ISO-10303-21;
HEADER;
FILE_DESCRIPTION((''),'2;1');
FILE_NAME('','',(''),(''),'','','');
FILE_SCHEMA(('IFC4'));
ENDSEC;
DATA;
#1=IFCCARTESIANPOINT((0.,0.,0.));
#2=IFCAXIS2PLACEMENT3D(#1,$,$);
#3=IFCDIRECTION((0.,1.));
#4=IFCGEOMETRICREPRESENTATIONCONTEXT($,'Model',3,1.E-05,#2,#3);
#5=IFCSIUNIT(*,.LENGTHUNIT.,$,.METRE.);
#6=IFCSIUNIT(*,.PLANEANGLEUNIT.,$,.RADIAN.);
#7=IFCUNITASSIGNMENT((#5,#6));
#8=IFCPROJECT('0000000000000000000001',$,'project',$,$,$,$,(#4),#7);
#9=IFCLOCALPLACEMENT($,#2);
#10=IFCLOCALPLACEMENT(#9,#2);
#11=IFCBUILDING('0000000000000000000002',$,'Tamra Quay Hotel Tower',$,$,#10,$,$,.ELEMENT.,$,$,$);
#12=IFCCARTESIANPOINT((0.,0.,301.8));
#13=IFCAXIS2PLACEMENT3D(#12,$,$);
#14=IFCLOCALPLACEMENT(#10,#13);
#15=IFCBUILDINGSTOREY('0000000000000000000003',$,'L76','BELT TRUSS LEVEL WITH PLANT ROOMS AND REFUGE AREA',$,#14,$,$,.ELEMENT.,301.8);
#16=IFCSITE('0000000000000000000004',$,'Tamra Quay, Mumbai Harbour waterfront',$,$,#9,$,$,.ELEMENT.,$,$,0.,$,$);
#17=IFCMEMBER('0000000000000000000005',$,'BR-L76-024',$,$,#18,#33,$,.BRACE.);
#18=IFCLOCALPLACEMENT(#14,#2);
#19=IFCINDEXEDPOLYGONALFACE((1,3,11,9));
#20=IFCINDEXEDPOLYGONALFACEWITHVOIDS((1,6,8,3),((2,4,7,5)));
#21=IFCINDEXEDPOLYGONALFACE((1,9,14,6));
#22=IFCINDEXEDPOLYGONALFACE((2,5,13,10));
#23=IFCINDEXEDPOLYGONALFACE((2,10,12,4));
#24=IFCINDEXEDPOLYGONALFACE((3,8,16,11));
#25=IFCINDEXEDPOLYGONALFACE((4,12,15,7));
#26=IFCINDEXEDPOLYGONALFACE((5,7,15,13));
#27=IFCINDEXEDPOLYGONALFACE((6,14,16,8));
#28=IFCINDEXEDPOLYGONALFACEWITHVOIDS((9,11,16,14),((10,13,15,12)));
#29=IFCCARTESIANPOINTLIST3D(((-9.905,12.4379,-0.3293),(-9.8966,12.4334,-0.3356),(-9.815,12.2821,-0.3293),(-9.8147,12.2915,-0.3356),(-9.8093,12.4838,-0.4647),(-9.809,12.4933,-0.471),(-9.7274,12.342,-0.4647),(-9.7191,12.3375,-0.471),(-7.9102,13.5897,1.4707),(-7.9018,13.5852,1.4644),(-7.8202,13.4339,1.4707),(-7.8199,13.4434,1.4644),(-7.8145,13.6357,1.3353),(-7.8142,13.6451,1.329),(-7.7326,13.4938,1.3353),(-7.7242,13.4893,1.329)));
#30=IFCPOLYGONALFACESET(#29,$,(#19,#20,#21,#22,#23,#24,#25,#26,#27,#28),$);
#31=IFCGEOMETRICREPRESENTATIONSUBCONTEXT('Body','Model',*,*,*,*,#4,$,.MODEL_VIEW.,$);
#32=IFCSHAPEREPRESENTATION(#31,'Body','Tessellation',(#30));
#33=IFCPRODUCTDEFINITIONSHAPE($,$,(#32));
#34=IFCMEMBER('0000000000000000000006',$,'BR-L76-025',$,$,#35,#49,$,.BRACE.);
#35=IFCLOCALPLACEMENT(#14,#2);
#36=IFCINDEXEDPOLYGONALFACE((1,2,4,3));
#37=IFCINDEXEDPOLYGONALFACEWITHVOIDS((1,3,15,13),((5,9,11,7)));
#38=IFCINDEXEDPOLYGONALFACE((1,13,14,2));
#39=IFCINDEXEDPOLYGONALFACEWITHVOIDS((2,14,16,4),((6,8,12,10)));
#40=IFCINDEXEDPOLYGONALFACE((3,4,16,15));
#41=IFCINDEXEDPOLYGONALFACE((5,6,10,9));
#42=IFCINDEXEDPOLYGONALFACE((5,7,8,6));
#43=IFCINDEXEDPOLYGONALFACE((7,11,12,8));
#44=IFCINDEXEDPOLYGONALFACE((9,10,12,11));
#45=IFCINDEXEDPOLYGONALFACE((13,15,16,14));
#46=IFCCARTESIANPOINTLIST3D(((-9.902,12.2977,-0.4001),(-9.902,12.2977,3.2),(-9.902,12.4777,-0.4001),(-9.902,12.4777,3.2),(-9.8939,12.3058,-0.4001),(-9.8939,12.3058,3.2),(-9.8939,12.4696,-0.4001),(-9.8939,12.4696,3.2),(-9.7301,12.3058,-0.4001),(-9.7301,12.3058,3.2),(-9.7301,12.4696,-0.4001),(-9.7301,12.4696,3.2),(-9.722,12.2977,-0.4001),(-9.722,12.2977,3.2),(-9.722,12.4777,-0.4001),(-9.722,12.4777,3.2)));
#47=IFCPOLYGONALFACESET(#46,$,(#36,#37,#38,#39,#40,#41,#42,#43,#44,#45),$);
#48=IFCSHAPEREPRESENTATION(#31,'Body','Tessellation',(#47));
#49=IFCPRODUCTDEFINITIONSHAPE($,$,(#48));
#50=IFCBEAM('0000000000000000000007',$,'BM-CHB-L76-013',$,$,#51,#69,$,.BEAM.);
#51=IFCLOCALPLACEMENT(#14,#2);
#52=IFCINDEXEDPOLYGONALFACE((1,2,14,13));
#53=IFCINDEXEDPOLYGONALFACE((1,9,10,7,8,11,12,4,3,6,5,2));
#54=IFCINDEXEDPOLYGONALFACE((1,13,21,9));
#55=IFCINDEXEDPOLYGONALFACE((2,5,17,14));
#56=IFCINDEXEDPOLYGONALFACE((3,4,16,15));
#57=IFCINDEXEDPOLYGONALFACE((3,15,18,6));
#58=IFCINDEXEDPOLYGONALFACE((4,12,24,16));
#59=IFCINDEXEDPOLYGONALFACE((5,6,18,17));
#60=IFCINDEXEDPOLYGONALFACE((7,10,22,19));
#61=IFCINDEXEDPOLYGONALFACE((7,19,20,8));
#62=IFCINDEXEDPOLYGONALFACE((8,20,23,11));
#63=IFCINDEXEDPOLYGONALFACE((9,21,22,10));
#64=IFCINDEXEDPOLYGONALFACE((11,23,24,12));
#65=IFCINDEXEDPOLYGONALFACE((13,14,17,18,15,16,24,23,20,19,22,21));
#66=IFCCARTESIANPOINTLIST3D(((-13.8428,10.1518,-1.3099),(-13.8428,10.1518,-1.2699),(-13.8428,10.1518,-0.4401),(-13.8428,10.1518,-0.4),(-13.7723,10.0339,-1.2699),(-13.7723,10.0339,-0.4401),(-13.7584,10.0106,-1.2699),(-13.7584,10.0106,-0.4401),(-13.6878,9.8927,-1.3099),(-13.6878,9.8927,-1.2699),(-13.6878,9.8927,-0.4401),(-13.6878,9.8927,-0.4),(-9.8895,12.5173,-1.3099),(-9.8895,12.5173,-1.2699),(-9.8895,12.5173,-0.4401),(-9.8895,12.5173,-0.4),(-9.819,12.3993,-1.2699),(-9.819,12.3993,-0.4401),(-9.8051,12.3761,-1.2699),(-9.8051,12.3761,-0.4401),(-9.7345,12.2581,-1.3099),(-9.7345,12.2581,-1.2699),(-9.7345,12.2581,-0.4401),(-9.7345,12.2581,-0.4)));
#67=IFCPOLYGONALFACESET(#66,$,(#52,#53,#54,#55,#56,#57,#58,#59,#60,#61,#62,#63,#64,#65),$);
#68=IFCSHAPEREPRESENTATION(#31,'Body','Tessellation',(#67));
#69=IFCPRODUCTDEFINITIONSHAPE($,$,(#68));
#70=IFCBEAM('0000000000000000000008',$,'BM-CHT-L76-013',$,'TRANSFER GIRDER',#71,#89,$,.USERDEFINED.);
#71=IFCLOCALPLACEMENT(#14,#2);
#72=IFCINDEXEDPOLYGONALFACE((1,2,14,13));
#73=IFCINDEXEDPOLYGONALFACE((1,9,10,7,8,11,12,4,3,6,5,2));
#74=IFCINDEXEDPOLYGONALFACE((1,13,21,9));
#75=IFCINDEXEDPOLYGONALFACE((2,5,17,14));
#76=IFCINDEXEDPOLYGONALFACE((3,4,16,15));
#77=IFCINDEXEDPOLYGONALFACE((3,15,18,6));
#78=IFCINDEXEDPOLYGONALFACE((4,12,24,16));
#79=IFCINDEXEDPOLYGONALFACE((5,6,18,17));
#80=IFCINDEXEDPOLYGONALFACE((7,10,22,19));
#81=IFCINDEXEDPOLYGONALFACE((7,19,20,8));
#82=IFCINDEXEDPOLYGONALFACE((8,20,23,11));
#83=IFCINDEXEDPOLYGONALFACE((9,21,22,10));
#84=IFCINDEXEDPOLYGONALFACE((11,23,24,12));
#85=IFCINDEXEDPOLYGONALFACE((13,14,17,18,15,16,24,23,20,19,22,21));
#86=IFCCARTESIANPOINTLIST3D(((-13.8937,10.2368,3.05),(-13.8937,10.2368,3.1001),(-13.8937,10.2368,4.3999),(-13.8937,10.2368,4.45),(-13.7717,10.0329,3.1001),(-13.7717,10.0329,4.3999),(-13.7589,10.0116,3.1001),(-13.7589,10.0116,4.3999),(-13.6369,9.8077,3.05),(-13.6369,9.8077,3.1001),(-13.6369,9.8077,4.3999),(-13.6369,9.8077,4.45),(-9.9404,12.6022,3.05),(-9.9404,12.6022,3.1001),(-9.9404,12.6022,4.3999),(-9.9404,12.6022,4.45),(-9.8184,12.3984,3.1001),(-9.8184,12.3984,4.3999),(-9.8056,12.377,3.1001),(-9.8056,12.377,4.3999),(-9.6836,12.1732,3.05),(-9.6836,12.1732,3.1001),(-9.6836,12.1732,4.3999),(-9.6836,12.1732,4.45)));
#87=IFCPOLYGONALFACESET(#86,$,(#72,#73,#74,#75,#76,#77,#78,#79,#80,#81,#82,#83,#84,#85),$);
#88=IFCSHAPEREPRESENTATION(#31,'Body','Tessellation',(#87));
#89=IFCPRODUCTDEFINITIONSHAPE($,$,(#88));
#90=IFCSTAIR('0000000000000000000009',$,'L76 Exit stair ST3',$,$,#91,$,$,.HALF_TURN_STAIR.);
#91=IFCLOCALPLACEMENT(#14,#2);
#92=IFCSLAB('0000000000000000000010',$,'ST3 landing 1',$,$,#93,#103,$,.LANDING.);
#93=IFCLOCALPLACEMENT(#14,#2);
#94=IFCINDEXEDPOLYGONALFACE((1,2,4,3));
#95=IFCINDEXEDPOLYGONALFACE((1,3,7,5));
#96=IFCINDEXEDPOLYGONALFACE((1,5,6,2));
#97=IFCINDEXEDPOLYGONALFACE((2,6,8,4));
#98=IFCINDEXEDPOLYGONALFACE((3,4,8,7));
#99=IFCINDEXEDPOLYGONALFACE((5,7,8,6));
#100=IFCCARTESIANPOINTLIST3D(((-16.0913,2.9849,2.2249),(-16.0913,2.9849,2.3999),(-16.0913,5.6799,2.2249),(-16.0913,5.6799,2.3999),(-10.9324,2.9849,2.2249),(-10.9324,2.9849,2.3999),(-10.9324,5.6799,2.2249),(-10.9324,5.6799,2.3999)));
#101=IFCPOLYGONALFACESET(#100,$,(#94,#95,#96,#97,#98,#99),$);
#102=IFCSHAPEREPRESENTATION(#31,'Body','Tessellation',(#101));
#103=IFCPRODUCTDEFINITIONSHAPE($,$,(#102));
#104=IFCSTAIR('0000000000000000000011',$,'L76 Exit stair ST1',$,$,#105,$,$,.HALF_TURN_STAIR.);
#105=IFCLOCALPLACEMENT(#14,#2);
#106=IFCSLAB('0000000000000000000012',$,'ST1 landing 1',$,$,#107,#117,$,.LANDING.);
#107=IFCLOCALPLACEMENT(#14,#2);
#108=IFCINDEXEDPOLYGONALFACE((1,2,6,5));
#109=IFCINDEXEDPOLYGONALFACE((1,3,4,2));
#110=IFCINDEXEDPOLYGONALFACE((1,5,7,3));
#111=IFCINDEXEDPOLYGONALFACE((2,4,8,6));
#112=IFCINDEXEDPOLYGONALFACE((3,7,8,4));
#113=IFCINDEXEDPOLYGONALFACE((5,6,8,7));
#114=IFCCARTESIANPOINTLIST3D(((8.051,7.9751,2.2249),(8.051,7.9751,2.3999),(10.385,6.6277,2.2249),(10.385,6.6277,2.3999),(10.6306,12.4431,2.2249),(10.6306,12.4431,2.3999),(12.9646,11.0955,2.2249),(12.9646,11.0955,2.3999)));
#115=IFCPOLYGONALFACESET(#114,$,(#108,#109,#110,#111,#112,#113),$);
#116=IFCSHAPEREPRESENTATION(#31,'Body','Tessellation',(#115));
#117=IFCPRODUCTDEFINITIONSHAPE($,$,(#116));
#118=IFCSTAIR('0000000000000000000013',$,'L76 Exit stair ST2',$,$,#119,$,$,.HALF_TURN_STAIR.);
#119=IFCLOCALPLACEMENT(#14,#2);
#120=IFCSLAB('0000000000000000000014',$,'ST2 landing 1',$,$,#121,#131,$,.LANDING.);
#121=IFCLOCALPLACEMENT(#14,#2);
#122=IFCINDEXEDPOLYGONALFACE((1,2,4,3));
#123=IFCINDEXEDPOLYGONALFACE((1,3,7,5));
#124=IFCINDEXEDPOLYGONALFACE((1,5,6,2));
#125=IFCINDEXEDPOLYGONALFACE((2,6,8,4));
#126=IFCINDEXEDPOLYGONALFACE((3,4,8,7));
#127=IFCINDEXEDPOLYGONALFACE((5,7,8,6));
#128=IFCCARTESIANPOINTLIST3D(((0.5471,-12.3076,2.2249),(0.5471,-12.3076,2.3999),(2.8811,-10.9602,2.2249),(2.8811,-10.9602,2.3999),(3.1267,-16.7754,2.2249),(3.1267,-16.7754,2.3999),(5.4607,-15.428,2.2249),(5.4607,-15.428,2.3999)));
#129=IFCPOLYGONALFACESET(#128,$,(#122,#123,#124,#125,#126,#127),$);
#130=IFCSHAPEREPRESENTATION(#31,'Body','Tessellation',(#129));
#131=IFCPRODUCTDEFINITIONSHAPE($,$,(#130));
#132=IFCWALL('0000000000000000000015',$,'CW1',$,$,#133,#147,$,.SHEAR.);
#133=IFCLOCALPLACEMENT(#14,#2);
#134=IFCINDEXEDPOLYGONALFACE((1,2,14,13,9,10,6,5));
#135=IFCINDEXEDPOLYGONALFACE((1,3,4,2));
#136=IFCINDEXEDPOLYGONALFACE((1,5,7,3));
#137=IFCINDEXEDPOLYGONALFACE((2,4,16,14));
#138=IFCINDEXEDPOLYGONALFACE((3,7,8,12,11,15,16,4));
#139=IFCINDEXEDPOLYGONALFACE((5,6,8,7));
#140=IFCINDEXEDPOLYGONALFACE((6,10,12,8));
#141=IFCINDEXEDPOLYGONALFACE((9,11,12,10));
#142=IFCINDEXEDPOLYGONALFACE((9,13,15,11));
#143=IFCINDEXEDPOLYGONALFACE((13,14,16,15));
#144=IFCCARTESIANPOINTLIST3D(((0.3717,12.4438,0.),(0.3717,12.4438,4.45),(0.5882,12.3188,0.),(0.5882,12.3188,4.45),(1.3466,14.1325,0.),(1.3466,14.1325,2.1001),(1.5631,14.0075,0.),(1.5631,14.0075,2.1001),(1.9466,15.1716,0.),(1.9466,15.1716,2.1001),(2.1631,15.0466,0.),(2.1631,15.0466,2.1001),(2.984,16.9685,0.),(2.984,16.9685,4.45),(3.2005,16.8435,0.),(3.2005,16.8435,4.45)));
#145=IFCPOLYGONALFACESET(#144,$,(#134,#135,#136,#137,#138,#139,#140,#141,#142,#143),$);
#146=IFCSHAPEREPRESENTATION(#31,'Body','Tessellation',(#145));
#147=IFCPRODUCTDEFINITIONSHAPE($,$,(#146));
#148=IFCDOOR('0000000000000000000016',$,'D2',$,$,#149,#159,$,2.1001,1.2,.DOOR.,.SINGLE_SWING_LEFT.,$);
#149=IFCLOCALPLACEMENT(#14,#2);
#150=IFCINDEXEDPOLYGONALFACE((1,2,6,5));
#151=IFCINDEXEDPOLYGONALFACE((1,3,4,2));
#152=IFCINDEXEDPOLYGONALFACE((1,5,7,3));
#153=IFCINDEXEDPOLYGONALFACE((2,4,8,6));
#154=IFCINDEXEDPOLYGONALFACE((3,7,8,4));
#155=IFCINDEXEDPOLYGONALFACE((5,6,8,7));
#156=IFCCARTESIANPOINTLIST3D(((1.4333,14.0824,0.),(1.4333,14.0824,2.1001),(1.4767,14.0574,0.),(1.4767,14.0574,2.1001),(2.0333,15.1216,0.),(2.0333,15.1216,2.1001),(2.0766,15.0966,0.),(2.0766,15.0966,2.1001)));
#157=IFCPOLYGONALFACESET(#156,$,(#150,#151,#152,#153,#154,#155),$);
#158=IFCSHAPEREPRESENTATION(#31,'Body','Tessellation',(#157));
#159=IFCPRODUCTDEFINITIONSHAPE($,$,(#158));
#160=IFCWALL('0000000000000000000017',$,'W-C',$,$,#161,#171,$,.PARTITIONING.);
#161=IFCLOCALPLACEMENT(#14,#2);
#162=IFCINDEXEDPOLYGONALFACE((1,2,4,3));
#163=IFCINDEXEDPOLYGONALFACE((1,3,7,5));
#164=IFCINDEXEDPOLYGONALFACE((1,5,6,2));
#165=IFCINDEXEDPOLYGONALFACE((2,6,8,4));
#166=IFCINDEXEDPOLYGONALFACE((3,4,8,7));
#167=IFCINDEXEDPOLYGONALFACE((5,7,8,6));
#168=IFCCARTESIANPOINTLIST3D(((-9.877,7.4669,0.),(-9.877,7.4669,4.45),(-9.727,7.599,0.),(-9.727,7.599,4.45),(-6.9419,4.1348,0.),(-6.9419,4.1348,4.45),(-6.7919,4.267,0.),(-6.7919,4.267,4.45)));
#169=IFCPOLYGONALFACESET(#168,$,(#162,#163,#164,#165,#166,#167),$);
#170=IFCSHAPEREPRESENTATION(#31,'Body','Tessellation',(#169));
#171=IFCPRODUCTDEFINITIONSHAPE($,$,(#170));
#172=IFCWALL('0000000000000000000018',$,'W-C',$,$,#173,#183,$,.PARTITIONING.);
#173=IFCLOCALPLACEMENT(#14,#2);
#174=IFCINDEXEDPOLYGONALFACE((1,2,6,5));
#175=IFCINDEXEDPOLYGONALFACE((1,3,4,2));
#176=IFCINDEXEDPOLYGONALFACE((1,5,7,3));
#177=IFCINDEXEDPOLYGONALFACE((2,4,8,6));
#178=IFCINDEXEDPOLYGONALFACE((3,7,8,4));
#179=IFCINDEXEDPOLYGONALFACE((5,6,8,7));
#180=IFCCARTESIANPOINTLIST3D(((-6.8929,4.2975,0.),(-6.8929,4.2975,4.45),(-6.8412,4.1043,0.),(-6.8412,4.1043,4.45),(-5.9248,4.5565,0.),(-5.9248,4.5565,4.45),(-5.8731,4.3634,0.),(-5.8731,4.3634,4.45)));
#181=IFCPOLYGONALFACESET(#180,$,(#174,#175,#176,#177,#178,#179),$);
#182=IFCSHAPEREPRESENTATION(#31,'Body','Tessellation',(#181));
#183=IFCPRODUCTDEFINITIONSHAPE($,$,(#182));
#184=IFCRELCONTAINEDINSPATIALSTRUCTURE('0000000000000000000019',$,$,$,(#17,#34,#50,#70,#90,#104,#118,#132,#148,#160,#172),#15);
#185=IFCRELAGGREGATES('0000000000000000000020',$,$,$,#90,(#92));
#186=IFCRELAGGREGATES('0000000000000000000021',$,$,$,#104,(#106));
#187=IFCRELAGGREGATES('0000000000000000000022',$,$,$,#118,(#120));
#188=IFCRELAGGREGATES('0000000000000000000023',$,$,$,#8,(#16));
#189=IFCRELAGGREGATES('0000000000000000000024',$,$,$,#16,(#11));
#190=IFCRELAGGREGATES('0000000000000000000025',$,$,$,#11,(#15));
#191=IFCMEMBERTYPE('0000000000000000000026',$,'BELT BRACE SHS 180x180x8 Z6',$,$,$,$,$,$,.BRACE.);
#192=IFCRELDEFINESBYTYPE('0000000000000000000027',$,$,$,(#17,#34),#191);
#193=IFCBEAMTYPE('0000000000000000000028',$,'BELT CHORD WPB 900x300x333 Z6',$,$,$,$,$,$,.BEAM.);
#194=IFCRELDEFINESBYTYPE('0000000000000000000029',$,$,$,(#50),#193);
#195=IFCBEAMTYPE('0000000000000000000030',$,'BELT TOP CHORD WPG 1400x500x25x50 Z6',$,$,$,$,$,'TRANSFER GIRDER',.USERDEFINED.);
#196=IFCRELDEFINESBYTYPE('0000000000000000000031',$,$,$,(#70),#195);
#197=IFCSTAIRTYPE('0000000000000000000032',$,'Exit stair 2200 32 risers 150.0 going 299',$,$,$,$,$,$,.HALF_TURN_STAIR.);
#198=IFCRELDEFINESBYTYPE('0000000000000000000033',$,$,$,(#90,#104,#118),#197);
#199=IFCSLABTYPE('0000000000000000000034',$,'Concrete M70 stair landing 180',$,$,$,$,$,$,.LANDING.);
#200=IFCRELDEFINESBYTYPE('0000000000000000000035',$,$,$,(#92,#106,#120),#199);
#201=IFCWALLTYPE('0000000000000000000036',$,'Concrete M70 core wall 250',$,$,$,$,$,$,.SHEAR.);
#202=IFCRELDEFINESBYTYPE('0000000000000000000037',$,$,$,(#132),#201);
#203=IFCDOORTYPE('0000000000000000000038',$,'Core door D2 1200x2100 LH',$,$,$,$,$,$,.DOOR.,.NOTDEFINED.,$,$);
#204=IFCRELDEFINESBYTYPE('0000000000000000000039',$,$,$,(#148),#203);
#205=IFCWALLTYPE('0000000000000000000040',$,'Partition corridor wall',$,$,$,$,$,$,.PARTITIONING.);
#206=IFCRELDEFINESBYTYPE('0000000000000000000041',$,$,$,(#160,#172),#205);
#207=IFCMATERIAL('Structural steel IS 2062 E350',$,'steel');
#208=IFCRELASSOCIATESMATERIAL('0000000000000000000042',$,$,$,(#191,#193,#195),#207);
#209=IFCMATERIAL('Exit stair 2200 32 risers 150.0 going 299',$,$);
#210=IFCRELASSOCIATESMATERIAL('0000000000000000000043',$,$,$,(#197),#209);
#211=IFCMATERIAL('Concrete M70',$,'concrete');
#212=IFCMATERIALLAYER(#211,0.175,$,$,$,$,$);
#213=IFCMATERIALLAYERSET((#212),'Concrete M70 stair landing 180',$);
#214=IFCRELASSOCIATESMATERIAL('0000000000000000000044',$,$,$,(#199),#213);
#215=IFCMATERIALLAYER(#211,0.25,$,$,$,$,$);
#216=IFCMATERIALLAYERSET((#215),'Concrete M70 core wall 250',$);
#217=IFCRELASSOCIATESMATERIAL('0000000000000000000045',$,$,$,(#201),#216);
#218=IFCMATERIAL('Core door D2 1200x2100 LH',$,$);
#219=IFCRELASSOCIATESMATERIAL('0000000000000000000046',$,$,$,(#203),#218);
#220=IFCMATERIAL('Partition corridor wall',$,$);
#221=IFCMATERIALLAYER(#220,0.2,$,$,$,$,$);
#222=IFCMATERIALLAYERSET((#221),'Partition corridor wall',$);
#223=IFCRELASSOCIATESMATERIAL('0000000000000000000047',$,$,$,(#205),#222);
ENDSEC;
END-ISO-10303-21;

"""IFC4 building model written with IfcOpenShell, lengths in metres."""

from ifc_helpers import new_model, si_unit, direction, frame, frame_2d, origin, origin_2d, place, context, subcontext, project, spatial, polyline, rectangle, hollow_rectangle, i_section, outline, extrude, material, layer, layer_set, material_profile, profile_set, type_object, element, fill, aggregate, save


model = new_model("IFC4")

# Units and contexts
model_context = context("Model", 3, precision=1e-05, world=origin(), true_north=direction((0.0, 1.0)))
body_context = subcontext(model_context, "Body", "Model", "MODEL_VIEW")
ifc_project = project(units=[si_unit("LENGTHUNIT", "METRE"), si_unit("PLANEANGLEUNIT", "RADIAN")], contexts=[model_context])

# Site, building, storey
site_placement = place(None, origin())
site = spatial("IfcSite", under=ifc_project, at=site_placement, Name="Tamra Quay, Mumbai Harbour waterfront", CompositionType="ELEMENT", RefElevation=0.0)
building_placement = place(site_placement, origin())
building = spatial("IfcBuilding", under=site, at=building_placement, Name="Tamra Quay Hotel Tower", CompositionType="ELEMENT")
storey_placement = place(building_placement, frame((0.0, 0.0, 301.8)))
storey = spatial("IfcBuildingStorey", under=building, at=storey_placement, Name="L76", Description="BELT TRUSS LEVEL WITH PLANT ROOMS AND REFUGE AREA", CompositionType="ELEMENT", Elevation=301.8)

# Members
ifc_material_1 = material(Name="Structural steel IS 2062 E350", Category="steel")
ifc_material_profile_1 = material_profile(ifc_material_1, hollow_rectangle(XDim=0.1799, YDim=0.1799, WallThickness=0.0081, at=origin_2d()), Name="SHS 180x180x8")
ifc_profile_set_1 = profile_set([ifc_material_profile_1], Name="Structural steel IS 2062 E350")
member_type = type_object("IfcMemberType", Name="BELT BRACE SHS 180x180x8 Z6", PredefinedType="BRACE", material=ifc_profile_set_1)
member_1_placement = place(storey_placement, frame((-9.812, 12.3877, -0.4001), z_axis=(0.682373, 0.394008, 0.615731), x_axis=(-0.500037, 0.866004, 0.0)))
element("IfcMember", 1, at=member_1_placement, inside=storey, type_object=member_type, Name="BR-L76-024", PredefinedType="BRACE", context=body_context, shape_type="SweptSolid", body=[
    extrude(hollow_rectangle(XDim=0.1799, YDim=0.1799, WallThickness=0.0081, at=origin_2d()), origin(), (0.0, 0.0, 1.0), 2.9233),
])
member_2_placement = place(storey_placement, frame((-9.812, 12.3877, -0.4001), z_axis=(0.0, 0.0, 1.0), x_axis=(1.0, 0.0, 0.0)))
element("IfcMember", 2, at=member_2_placement, inside=storey, type_object=member_type, Name="BR-L76-025", PredefinedType="BRACE", context=body_context, shape_type="SweptSolid", body=[
    extrude(hollow_rectangle(XDim=0.1799, YDim=0.1799, WallThickness=0.0081, at=origin_2d()), origin(), (0.0, 0.0, 1.0), 3.6001),
])

# Beams
ifc_material_profile_2 = material_profile(ifc_material_1, i_section(OverallWidth=0.302, OverallDepth=0.9099, WebThickness=0.0271, FlangeThickness=0.04, at=origin_2d()), Name="WPB 900x300x333")
ifc_profile_set_2 = profile_set([ifc_material_profile_2], Name="Structural steel IS 2062 E350")
beam_type_1 = type_object("IfcBeamType", Name="BELT CHORD WPB 900x300x333 Z6", PredefinedType="BEAM", material=ifc_profile_set_2)
beam_1_placement = place(storey_placement, frame((-9.812, 12.3877, -0.855), z_axis=(-0.858119, -0.513451, 0.0), x_axis=(0.513451, -0.858119, 0.0)))
element("IfcBeam", 3, at=beam_1_placement, inside=storey, type_object=beam_type_1, Name="BM-CHB-L76-013", PredefinedType="BEAM", context=body_context, shape_type="SweptSolid", body=[
    extrude(i_section(OverallWidth=0.302, OverallDepth=0.9099, WebThickness=0.0271, FlangeThickness=0.04, at=origin_2d()), origin(), (0.0, 0.0, 1.0), 4.6069),
])
ifc_material_profile_3 = material_profile(ifc_material_1, i_section(OverallWidth=0.5, OverallDepth=1.3999, WebThickness=0.0249, FlangeThickness=0.05, at=origin_2d()), Name="WPG 1400x500x25x50")
ifc_profile_set_3 = profile_set([ifc_material_profile_3], Name="Structural steel IS 2062 E350")
beam_type_2 = type_object("IfcBeamType", Name="BELT TOP CHORD WPG 1400x500x25x50 Z6", ElementType="TRANSFER GIRDER", PredefinedType="USERDEFINED", material=ifc_profile_set_3)
beam_2_placement = place(storey_placement, frame((-9.812, 12.3877, 3.75), z_axis=(-0.858119, -0.513451, 0.0), x_axis=(0.513451, -0.858119, 0.0)))
element("IfcBeam", 4, at=beam_2_placement, inside=storey, type_object=beam_type_2, Name="BM-CHT-L76-013", ObjectType="TRANSFER GIRDER", PredefinedType="USERDEFINED", context=body_context, shape_type="SweptSolid", body=[
    extrude(i_section(OverallWidth=0.5, OverallDepth=1.3999, WebThickness=0.0249, FlangeThickness=0.05, at=origin_2d()), origin(), (0.0, 0.0, 1.0), 4.6069),
])

# Stairs, slabs
ifc_material_2 = material(Name="Exit stair 2200 32 risers 150.0 going 299")
stair_type = type_object("IfcStairType", Name="Exit stair 2200 32 risers 150.0 going 299", PredefinedType="HALF_TURN_STAIR", material=ifc_material_2)
stair_1_placement = place(storey_placement, origin())
stair_1 = element("IfcStair", 5, at=stair_1_placement, inside=storey, type_object=stair_type, Name="L76 Exit stair ST3", PredefinedType="HALF_TURN_STAIR")
ifc_material_3 = material(Name="Concrete M70", Category="concrete")
ifc_layer_1 = layer(ifc_material_3, 0.175)
ifc_layer_set_1 = layer_set([ifc_layer_1], Name="Concrete M70 stair landing 180")
slab_type = type_object("IfcSlabType", Name="Concrete M70 stair landing 180", PredefinedType="LANDING", material=ifc_layer_set_1)
slab_1_placement = place(storey_placement, frame((0.0, 0.0, 2.2249)))
slab_1 = element("IfcSlab", 6, at=slab_1_placement, type_object=slab_type, Name="ST3 landing 1", PredefinedType="LANDING", context=body_context, shape_type="SweptSolid", body=[
    extrude(outline(polyline([(-10.9324, 2.9849), (-10.9324, 5.6799), (-16.0913, 5.6799), (-16.0913, 2.9849), (-10.9324, 2.9849)])), origin(), (0.0, 0.0, 1.0), 0.175),
])
aggregate(stair_1, [slab_1])
stair_2_placement = place(storey_placement, origin())
stair_2 = element("IfcStair", 7, at=stair_2_placement, inside=storey, type_object=stair_type, Name="L76 Exit stair ST1", PredefinedType="HALF_TURN_STAIR")
slab_2_placement = place(storey_placement, frame((0.0, 0.0, 2.2249)))
slab_2 = element("IfcSlab", 8, at=slab_2_placement, type_object=slab_type, Name="ST1 landing 1", PredefinedType="LANDING", context=body_context, shape_type="SweptSolid", body=[
    extrude(outline(polyline([(8.051, 7.9751), (10.385, 6.6277), (12.9646, 11.0955), (10.6306, 12.4431), (8.051, 7.9751)])), origin(), (0.0, 0.0, 1.0), 0.175),
])
aggregate(stair_2, [slab_2])
stair_3_placement = place(storey_placement, origin())
stair_3 = element("IfcStair", 9, at=stair_3_placement, inside=storey, type_object=stair_type, Name="L76 Exit stair ST2", PredefinedType="HALF_TURN_STAIR")
slab_3_placement = place(storey_placement, frame((0.0, 0.0, 2.2249)))
slab_3 = element("IfcSlab", 10, at=slab_3_placement, type_object=slab_type, Name="ST2 landing 1", PredefinedType="LANDING", context=body_context, shape_type="SweptSolid", body=[
    extrude(outline(polyline([(2.8811, -10.9602), (0.5471, -12.3076), (3.1267, -16.7754), (5.4607, -15.428), (2.8811, -10.9602)])), origin(), (0.0, 0.0, 1.0), 0.175),
])
aggregate(stair_3, [slab_3])

# Wall, opening, door
ifc_layer_2 = layer(ifc_material_3, 0.25)
ifc_layer_set_2 = layer_set([ifc_layer_2], Name="Concrete M70 core wall 250")
wall_type_1 = type_object("IfcWallType", Name="Concrete M70 core wall 250", PredefinedType="SHEAR", material=ifc_layer_set_2)
wall_1_placement = place(storey_placement, frame((0.48, 12.3813, 0.0), z_axis=(0.0, 0.0, 1.0), x_axis=(0.499999, 0.866026, 0.0)))
wall_1 = element("IfcWall", 11, at=wall_1_placement, inside=storey, type_object=wall_type_1, Name="CW1", PredefinedType="SHEAR", context=body_context, shape_type="SweptSolid", body=[
    extrude(rectangle(XDim=5.2246, YDim=0.25, at=frame_2d((2.6123, 0.0))), origin(), (0.0, 0.0, 1.0), 4.45),
])
opening_1_placement = place(wall_1_placement, frame((1.9497, 0.0, 0.0)))
opening_1 = element("IfcOpeningElement", 12, at=opening_1_placement, cuts=wall_1, PredefinedType="OPENING", context=body_context, shape_type="SweptSolid", body=[
    extrude(rectangle(XDim=1.2, YDim=2.1001, at=frame_2d((0.6001, 1.05))), frame((0.0, 0.135, 0.0), z_axis=(0.0, -1.0, 0.0), x_axis=(1.0, 0.0, 0.0)), (0.0, 0.0, 1.0), 0.27),
])
ifc_material_4 = material(Name="Core door D2 1200x2100 LH")
door_type_1 = type_object("IfcDoorType", Name="Core door D2 1200x2100 LH", OperationType="NOTDEFINED", PredefinedType="DOOR", material=ifc_material_4)
door_1_placement = place(opening_1_placement, origin())
door_1 = element("IfcDoor", 13, at=door_1_placement, inside=storey, type_object=door_type_1, Name="D2", OperationType="SINGLE_SWING_LEFT", OverallHeight=2.1001, OverallWidth=1.2, PredefinedType="DOOR", context=body_context, shape_type="SweptSolid", body=[
    extrude(rectangle(XDim=1.2, YDim=2.1001, at=frame_2d((0.6001, 1.05))), frame((0.0, 0.0249, 0.0), z_axis=(0.0, -1.0, 0.0), x_axis=(1.0, 0.0, 0.0)), (0.0, 0.0, 1.0), 0.05),
])
fill(opening_1, door_1)

# Walls
ifc_material_5 = material(Name="Partition corridor wall")
ifc_layer_3 = layer(ifc_material_5, 0.2)
ifc_layer_set_3 = layer_set([ifc_layer_3], Name="Partition corridor wall")
wall_type_2 = type_object("IfcWallType", Name="Partition corridor wall", PredefinedType="PARTITIONING", material=ifc_layer_set_3)
wall_2_placement = place(storey_placement, frame((-9.802, 7.533, 0.0), z_axis=(0.0, 0.0, 1.0), x_axis=(0.660992, -0.750393, 0.0)))
element("IfcWall", 14, at=wall_2_placement, inside=storey, type_object=wall_type_2, Name="W-C", PredefinedType="PARTITIONING", context=body_context, shape_type="SweptSolid", body=[
    extrude(rectangle(XDim=4.4404, YDim=0.2, at=frame_2d((2.2202, 0.0))), origin(), (0.0, 0.0, 1.0), 4.45),
])
wall_3_placement = place(storey_placement, frame((-6.8669, 4.2009, 0.0), z_axis=(0.0, 0.0, 1.0), x_axis=(0.966012, 0.258497, 0.0)))
element("IfcWall", 15, at=wall_3_placement, inside=storey, type_object=wall_type_2, Name="W-C", PredefinedType="PARTITIONING", context=body_context, shape_type="SweptSolid", body=[
    extrude(rectangle(XDim=1.0022, YDim=0.2, at=frame_2d((0.501, 0.0))), origin(), (0.0, 0.0, 1.0), 4.45),
])

save(model, "model.ifc")
